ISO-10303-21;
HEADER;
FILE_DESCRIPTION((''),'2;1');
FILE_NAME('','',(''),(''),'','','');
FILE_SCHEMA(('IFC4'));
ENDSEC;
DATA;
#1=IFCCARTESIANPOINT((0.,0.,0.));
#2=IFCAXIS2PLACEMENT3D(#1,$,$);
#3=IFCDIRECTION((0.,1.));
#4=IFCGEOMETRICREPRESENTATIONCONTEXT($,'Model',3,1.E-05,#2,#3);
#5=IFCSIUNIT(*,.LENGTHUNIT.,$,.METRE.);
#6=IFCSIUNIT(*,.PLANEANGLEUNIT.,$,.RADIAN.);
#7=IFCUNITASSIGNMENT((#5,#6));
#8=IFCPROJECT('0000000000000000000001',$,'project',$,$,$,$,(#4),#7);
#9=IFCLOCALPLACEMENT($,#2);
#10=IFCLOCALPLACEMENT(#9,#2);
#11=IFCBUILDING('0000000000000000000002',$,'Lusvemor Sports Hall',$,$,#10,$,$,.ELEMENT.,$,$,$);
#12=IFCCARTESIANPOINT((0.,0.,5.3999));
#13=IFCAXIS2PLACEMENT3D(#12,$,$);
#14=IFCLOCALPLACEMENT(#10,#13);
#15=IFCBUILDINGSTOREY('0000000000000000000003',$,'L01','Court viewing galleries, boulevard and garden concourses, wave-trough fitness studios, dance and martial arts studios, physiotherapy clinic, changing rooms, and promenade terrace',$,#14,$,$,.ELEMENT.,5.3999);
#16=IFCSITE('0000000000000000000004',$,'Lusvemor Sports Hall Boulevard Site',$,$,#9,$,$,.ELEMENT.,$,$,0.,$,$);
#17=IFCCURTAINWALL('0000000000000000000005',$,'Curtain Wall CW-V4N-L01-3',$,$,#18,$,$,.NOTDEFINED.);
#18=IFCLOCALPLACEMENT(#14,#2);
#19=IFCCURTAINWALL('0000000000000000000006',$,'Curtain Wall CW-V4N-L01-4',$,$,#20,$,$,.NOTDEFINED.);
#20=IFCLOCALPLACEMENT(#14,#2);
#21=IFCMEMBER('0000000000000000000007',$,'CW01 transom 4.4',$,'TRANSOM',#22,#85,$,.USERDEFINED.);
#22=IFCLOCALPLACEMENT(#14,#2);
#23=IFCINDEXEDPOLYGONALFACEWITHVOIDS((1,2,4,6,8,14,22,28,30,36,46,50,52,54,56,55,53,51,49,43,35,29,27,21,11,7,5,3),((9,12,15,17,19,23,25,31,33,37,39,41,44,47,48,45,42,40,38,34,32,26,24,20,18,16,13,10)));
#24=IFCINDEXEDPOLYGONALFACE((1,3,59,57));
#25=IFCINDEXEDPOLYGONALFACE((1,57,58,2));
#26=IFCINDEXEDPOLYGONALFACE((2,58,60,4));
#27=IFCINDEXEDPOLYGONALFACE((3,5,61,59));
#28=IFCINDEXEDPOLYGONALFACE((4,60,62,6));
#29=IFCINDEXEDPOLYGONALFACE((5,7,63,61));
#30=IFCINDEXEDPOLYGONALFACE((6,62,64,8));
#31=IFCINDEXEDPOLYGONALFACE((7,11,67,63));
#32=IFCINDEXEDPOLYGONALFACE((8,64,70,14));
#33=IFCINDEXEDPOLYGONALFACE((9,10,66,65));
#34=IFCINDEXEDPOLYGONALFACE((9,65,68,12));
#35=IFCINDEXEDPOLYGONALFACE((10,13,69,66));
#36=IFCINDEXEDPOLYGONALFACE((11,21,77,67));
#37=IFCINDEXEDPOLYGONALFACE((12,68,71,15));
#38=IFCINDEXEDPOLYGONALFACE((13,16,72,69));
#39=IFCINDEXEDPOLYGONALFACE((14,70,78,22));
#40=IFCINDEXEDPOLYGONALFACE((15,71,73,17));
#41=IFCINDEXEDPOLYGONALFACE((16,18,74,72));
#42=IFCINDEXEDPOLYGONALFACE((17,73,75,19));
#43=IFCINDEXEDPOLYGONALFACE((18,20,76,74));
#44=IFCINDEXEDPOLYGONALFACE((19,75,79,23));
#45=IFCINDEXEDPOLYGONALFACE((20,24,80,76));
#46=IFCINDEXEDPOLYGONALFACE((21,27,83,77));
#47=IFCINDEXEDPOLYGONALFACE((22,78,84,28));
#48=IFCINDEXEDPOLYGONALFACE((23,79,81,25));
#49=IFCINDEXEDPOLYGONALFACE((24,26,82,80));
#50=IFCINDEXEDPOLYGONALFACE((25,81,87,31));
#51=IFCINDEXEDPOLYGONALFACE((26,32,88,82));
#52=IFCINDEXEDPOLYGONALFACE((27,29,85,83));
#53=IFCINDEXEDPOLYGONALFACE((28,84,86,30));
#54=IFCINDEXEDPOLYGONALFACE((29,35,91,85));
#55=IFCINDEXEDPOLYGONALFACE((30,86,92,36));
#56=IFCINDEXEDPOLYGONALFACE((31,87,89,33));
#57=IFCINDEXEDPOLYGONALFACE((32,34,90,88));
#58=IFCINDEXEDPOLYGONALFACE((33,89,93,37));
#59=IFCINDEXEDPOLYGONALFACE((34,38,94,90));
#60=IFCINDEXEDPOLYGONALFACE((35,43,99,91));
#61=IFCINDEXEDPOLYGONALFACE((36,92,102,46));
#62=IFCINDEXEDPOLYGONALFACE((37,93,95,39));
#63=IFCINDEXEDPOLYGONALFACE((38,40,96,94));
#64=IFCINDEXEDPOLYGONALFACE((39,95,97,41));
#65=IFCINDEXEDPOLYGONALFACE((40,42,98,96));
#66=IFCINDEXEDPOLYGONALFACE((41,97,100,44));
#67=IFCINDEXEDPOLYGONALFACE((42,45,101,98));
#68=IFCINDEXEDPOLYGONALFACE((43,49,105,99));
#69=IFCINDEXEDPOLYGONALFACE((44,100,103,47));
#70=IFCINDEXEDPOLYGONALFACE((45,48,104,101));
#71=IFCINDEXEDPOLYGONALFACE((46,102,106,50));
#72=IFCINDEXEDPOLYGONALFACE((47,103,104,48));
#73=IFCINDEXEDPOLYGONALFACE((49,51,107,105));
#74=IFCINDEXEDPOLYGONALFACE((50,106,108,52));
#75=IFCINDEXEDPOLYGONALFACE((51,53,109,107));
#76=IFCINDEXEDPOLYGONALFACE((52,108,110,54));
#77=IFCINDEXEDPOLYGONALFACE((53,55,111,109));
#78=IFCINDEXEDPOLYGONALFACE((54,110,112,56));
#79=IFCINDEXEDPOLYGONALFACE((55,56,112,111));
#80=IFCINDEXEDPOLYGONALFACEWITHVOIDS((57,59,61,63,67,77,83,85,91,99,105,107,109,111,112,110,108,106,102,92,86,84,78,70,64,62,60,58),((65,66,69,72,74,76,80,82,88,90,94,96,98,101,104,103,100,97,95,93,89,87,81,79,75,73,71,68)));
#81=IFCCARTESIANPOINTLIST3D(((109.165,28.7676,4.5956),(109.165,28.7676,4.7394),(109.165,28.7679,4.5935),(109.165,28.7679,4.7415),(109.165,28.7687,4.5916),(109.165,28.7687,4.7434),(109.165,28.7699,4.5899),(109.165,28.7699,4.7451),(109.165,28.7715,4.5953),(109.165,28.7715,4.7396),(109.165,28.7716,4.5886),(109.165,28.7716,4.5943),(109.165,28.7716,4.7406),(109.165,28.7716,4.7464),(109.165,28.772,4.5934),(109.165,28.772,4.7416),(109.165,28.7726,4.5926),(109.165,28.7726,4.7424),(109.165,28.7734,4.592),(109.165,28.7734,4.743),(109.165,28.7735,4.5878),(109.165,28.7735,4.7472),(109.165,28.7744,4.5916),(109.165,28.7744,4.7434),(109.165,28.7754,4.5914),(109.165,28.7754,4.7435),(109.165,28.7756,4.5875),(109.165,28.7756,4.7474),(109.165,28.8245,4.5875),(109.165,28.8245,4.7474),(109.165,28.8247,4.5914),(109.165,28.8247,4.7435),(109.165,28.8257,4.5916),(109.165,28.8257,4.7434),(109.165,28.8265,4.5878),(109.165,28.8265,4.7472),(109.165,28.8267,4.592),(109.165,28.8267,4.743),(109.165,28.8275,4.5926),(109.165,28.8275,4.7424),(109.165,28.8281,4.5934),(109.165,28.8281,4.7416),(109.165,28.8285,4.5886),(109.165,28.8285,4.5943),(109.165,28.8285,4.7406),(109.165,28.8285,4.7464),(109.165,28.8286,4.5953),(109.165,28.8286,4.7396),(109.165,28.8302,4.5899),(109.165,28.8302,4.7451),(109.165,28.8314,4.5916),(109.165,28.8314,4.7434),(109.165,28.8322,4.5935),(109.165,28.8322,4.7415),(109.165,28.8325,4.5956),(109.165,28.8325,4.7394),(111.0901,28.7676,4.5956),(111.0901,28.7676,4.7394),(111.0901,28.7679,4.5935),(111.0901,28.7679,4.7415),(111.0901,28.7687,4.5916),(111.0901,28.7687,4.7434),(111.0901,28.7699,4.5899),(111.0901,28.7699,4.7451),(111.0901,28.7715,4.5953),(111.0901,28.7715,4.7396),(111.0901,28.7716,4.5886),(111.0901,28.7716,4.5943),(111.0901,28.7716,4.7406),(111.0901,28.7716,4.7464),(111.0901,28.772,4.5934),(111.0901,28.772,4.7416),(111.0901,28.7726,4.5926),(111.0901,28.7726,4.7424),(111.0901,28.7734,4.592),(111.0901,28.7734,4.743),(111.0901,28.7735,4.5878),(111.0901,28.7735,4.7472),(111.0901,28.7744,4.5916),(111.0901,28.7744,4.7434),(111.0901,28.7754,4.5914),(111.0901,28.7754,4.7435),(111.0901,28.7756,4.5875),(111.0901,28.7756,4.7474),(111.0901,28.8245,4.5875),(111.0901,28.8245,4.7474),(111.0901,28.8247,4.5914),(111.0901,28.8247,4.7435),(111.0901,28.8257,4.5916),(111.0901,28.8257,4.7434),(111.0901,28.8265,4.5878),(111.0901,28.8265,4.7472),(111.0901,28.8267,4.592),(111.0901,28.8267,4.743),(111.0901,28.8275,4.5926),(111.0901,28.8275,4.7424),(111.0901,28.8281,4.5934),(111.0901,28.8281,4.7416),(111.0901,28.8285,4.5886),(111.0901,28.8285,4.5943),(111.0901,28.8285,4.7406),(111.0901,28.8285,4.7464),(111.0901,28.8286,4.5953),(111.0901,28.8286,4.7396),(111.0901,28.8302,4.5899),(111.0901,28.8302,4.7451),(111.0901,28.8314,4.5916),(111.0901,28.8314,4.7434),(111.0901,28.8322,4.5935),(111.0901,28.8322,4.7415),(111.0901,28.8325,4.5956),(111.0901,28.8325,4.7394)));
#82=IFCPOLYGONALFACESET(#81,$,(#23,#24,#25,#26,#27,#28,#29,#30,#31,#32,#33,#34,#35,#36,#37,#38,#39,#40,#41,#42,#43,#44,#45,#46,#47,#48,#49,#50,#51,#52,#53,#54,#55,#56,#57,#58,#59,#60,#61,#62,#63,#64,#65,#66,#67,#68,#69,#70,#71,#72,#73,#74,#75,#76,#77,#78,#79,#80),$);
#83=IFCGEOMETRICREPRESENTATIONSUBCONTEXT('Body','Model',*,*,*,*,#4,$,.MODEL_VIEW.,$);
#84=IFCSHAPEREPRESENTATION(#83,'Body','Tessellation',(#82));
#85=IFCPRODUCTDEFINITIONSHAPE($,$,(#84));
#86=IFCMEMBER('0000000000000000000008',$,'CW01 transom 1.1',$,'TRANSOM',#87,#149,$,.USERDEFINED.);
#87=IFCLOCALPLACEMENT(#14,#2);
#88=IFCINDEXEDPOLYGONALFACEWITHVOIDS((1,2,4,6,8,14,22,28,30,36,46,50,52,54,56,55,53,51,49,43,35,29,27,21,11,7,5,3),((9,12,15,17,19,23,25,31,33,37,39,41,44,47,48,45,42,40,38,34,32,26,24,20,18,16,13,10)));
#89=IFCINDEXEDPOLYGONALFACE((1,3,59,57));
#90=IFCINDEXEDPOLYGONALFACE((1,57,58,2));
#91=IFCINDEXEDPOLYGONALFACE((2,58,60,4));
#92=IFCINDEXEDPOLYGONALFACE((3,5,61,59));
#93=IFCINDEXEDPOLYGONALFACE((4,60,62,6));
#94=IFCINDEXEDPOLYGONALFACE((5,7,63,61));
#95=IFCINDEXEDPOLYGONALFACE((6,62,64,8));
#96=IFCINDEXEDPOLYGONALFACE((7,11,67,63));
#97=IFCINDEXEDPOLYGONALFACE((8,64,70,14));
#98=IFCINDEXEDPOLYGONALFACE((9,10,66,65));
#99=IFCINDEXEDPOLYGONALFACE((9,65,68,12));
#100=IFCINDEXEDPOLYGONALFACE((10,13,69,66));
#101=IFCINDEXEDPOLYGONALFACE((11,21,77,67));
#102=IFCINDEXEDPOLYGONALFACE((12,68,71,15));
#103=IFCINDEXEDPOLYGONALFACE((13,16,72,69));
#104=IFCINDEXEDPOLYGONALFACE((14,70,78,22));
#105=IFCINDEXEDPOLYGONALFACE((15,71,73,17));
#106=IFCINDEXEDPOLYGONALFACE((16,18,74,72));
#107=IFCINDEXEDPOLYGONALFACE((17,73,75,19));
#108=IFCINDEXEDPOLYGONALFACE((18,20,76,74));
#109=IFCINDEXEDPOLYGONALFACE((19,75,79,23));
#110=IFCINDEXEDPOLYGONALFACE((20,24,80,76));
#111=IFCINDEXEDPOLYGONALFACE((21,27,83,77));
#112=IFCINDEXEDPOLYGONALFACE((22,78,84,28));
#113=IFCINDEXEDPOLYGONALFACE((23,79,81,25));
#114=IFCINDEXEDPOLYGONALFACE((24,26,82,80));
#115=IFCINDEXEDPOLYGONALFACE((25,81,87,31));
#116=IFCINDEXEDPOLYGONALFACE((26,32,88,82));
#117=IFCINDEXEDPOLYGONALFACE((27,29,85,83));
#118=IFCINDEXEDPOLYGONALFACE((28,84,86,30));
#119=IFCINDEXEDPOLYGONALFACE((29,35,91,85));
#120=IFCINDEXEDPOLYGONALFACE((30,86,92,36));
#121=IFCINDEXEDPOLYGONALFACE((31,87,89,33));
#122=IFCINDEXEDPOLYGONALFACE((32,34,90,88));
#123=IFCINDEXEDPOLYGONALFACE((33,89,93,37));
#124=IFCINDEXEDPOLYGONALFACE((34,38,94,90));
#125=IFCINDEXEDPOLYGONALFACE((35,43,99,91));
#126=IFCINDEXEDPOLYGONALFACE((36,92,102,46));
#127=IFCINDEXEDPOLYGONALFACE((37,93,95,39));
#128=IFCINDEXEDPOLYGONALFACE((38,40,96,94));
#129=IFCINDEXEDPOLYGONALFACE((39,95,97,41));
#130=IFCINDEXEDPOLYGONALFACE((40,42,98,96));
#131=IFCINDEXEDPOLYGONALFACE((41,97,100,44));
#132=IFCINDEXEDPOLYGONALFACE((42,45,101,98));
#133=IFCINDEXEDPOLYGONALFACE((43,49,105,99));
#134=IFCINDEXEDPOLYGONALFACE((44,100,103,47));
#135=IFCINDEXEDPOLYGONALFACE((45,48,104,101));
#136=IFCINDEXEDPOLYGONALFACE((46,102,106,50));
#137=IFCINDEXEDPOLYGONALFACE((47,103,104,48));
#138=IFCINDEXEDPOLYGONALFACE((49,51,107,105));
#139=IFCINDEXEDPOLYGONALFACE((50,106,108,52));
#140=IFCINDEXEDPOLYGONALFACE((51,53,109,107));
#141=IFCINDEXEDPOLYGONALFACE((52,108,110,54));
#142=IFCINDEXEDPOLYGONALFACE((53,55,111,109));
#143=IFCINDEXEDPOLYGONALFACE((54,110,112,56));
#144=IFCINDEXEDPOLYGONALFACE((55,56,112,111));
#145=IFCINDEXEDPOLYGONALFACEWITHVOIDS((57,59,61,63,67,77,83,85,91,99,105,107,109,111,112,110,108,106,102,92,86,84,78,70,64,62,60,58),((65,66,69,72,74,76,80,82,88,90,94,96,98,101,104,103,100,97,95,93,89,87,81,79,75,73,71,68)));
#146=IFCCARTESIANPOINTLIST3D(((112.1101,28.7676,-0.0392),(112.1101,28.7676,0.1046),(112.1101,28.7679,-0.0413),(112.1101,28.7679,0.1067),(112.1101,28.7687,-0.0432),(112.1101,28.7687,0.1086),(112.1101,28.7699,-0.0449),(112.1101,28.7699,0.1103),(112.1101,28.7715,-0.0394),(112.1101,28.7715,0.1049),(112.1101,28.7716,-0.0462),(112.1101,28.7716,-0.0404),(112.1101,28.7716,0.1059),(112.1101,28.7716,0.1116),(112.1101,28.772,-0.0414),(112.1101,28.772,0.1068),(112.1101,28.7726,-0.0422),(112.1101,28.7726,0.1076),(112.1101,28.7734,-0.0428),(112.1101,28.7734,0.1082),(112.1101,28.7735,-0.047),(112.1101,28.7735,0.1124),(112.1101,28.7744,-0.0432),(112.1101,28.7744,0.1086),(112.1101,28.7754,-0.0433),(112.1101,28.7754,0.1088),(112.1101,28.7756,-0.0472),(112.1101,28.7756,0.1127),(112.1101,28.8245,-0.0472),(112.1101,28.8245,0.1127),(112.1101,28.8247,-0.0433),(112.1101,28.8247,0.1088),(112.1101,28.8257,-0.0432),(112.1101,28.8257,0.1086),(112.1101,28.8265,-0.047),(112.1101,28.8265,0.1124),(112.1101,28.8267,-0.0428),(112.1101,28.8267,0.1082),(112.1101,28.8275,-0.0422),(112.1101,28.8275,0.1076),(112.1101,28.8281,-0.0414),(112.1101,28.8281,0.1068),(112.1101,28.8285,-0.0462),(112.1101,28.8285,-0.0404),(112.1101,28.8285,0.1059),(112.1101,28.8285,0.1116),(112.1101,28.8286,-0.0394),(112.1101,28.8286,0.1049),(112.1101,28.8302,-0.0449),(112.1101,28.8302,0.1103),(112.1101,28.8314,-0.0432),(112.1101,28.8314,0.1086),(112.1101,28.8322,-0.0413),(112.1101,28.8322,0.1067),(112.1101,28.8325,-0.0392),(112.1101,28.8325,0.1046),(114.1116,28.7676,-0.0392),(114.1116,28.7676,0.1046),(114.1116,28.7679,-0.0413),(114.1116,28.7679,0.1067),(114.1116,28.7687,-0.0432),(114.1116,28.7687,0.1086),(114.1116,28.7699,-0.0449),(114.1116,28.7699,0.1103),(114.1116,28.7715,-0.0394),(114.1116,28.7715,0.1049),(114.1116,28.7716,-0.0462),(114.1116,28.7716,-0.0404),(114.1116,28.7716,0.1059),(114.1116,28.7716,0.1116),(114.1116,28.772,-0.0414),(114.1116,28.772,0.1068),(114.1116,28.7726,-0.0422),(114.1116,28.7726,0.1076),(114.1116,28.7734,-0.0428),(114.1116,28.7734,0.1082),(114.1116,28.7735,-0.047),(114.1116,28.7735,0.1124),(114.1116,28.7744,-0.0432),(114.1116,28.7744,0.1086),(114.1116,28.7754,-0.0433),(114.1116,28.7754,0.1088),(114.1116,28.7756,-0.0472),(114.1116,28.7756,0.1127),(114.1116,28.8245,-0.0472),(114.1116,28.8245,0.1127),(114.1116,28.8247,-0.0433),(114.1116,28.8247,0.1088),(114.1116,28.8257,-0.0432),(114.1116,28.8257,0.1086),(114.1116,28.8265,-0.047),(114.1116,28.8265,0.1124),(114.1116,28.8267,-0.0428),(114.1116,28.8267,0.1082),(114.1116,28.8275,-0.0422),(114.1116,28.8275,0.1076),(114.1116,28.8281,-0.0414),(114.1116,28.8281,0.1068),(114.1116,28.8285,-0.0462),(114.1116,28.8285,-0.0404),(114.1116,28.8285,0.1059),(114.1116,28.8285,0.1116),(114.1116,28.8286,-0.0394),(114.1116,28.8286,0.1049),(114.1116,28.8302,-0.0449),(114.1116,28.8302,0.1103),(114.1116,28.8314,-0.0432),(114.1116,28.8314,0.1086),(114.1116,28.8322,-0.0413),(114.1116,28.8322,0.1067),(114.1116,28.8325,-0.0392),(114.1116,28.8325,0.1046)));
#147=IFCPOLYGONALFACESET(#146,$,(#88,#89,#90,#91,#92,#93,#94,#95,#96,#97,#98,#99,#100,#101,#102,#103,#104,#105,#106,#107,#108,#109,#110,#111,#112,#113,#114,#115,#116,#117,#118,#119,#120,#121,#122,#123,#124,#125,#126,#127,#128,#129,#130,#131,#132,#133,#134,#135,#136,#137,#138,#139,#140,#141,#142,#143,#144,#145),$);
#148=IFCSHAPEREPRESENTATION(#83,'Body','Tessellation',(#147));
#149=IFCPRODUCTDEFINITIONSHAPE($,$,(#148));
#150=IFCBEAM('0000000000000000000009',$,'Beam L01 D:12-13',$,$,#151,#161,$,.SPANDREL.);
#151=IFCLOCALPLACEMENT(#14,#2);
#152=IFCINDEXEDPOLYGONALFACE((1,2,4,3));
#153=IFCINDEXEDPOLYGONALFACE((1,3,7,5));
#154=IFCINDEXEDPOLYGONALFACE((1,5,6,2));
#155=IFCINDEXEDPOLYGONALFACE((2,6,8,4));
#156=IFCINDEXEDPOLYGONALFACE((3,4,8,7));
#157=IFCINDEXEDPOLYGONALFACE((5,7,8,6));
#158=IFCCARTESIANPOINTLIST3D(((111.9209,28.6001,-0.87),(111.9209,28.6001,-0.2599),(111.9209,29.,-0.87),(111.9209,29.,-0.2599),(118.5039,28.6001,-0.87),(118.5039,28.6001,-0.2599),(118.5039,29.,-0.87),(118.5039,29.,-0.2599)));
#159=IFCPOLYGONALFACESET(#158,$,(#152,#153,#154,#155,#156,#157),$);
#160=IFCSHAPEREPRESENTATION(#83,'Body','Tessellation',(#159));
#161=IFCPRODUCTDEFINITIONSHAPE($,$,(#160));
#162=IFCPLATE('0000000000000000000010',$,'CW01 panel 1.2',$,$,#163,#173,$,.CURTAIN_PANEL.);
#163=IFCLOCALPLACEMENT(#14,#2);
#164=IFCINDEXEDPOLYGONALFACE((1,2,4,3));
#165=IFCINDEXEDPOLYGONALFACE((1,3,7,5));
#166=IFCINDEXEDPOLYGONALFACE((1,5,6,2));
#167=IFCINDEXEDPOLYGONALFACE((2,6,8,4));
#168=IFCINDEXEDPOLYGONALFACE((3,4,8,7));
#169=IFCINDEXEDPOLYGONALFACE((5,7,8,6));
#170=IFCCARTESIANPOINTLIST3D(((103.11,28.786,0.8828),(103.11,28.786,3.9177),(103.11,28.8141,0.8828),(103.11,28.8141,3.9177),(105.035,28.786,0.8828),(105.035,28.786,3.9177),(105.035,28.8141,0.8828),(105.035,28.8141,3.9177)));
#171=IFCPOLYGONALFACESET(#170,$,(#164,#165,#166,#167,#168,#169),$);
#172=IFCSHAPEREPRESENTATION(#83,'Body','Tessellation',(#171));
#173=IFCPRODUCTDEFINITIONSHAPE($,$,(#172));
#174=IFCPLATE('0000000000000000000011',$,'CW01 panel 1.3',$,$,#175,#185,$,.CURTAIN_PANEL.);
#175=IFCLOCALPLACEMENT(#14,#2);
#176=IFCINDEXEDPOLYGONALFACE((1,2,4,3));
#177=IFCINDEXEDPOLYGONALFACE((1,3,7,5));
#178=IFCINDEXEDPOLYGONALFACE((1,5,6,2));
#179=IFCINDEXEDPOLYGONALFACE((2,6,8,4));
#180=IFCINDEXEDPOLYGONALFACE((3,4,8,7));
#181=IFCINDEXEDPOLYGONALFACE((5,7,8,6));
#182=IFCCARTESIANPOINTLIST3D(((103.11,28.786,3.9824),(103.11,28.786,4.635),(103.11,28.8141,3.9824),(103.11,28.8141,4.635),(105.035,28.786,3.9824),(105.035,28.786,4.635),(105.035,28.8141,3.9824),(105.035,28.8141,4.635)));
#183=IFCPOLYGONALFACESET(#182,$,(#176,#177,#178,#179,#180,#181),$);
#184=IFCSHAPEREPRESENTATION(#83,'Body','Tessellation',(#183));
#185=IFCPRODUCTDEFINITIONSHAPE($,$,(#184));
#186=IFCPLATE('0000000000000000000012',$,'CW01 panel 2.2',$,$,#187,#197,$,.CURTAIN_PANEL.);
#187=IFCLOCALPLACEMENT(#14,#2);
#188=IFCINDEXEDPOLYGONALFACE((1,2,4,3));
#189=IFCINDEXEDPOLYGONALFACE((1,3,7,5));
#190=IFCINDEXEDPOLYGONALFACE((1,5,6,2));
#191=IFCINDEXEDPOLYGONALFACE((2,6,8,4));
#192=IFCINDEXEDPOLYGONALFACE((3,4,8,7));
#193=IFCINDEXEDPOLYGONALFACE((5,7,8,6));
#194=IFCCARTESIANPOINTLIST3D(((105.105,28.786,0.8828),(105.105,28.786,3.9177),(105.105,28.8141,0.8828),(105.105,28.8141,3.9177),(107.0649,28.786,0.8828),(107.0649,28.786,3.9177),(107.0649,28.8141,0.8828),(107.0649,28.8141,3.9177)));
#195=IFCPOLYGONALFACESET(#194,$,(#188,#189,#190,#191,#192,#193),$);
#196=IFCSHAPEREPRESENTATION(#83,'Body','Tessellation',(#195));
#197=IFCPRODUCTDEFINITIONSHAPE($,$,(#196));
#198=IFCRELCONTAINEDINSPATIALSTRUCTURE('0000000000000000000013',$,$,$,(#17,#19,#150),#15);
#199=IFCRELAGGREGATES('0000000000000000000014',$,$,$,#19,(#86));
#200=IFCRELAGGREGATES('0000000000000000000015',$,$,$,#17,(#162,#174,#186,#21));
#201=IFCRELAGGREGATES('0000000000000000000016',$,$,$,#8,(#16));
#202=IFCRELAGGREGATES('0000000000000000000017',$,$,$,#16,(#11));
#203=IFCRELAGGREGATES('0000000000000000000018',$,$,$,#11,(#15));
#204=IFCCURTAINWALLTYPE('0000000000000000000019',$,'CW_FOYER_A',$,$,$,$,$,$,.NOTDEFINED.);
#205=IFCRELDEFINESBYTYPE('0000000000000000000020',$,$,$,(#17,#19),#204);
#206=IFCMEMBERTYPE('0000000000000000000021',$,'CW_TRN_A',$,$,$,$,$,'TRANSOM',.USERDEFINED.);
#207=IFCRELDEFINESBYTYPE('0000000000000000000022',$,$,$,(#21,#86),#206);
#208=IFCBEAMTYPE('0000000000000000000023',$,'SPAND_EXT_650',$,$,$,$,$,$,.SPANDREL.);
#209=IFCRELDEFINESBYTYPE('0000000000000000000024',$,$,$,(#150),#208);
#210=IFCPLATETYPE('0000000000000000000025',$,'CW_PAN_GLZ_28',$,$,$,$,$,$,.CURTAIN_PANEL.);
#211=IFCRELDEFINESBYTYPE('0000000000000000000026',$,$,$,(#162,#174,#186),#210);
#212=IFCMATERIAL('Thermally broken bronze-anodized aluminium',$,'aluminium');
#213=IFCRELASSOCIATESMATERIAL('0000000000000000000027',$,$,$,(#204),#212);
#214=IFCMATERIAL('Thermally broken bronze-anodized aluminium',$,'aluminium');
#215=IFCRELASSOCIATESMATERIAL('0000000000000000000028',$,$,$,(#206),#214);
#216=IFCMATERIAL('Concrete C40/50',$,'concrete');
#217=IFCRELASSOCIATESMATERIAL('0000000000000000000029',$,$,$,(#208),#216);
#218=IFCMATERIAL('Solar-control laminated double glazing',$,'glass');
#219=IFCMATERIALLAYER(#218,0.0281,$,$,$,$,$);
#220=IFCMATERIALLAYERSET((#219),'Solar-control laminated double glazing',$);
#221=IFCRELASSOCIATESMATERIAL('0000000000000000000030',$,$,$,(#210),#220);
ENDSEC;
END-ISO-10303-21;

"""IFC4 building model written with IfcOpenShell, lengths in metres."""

from ifc_helpers import new_model, si_unit, direction, frame, origin, origin_2d, place, context, subcontext, project, spatial, rectangle, hollow_rectangle, extrude, material, layer, layer_set, material_profile, profile_set, type_object, element, aggregate, save


model = new_model("IFC4")

# Units and contexts
model_context = context("Model", 3, precision=1e-05, world=origin(), true_north=direction((0.0, 1.0)))
body_context = subcontext(model_context, "Body", "Model", "MODEL_VIEW")
ifc_project = project(units=[si_unit("LENGTHUNIT", "METRE"), si_unit("PLANEANGLEUNIT", "RADIAN")], contexts=[model_context])

# Site, building, storey
site_placement = place(None, origin())
site = spatial("IfcSite", under=ifc_project, at=site_placement, Name="Lusvemor Sports Hall Boulevard Site", CompositionType="ELEMENT", RefElevation=0.0)
building_placement = place(site_placement, origin())
building = spatial("IfcBuilding", under=site, at=building_placement, Name="Lusvemor Sports Hall", CompositionType="ELEMENT")
storey_placement = place(building_placement, frame((0.0, 0.0, 5.3999)))
storey = spatial("IfcBuildingStorey", under=building, at=storey_placement, Name="L01", Description="Court viewing galleries, boulevard and garden concourses, wave-trough fitness studios, dance and martial arts studios, physiotherapy clinic, changing rooms, and promenade terrace", CompositionType="ELEMENT", Elevation=5.3999)

# Curtain wall
ifc_material_1 = material(Name="Thermally broken bronze-anodized aluminium", Category="aluminium")
curtain_wall_type = type_object("IfcCurtainWallType", Name="CW_FOYER_A", PredefinedType="NOTDEFINED", material=ifc_material_1)
curtain_wall_1_placement = place(storey_placement, origin())
curtain_wall_1 = element("IfcCurtainWall", 1, at=curtain_wall_1_placement, inside=storey, type_object=curtain_wall_type, Name="Curtain Wall CW-V4N-L01-3", PredefinedType="NOTDEFINED")

# Curtain wall
curtain_wall_2_placement = place(storey_placement, origin())
curtain_wall_2 = element("IfcCurtainWall", 2, at=curtain_wall_2_placement, inside=storey, type_object=curtain_wall_type, Name="Curtain Wall CW-V4N-L01-4", PredefinedType="NOTDEFINED")

# Members
ifc_material_2 = material(Name="Thermally broken bronze-anodized aluminium", Category="aluminium")
ifc_material_profile_1 = material_profile(ifc_material_2, hollow_rectangle(XDim=0.0649, YDim=0.1599, WallThickness=0.0039, InnerFilletRadius=0.0039, OuterFilletRadius=0.0081, at=origin_2d()), Name="CWTRN160x65x4")
ifc_profile_set_1 = profile_set([ifc_material_profile_1], Name="Thermally broken bronze-anodized aluminium")
member_type_1 = type_object("IfcMemberType", Name="CW_TRN_A", ElementType="TRANSOM", PredefinedType="USERDEFINED", material=ifc_profile_set_1)
member_1_placement = place(storey_placement, frame((109.165, 28.8, 4.6675), z_axis=(1.0, 0.0, 0.0), x_axis=(0.0, 1.0, 0.0)))
member_1 = element("IfcMember", 3, at=member_1_placement, type_object=member_type_1, Name="CW01 transom 4.4", ObjectType="TRANSOM", PredefinedType="USERDEFINED", context=body_context, shape_type="SweptSolid", body=[
    extrude(hollow_rectangle(XDim=0.0649, YDim=0.1599, WallThickness=0.0039, InnerFilletRadius=0.0039, OuterFilletRadius=0.0081, at=origin_2d()), origin(), (0.0, 0.0, 1.0), 1.925),
])
member_2_placement = place(storey_placement, frame((112.1101, 28.8, 0.0327), z_axis=(1.0, 0.0, 0.0), x_axis=(0.0, 1.0, 0.0)))
member_2 = element("IfcMember", 4, at=member_2_placement, type_object=member_type_1, Name="CW01 transom 1.1", ObjectType="TRANSOM", PredefinedType="USERDEFINED", context=body_context, shape_type="SweptSolid", body=[
    extrude(hollow_rectangle(XDim=0.0649, YDim=0.1599, WallThickness=0.0039, InnerFilletRadius=0.0039, OuterFilletRadius=0.0081, at=origin_2d()), origin(), (0.0, 0.0, 1.0), 2.0015),
])
aggregate(curtain_wall_2, [member_2])

# Beam
ifc_material_3 = material(Name="Concrete C40/50", Category="concrete")
ifc_material_profile_2 = material_profile(ifc_material_3, rectangle(XDim=0.3999, YDim=0.6101, at=origin_2d()), Name="RC400x610")
ifc_profile_set_2 = profile_set([ifc_material_profile_2], Name="Concrete C40/50")
beam_type = type_object("IfcBeamType", Name="SPAND_EXT_650", PredefinedType="SPANDREL", material=ifc_profile_set_2)
beam_placement = place(storey_placement, frame((111.9209, 28.8, -0.5649), z_axis=(1.0, 0.0, 0.0), x_axis=(0.0, 1.0, 0.0)))
element("IfcBeam", 5, at=beam_placement, inside=storey, type_object=beam_type, Name="Beam L01 D:12-13", PredefinedType="SPANDREL", context=body_context, shape_type="SweptSolid", body=[
    extrude(rectangle(XDim=0.3999, YDim=0.6101, at=origin_2d()), origin(), (0.0, 0.0, 1.0), 6.583),
])

# Plates
ifc_material_4 = material(Name="Solar-control laminated double glazing", Category="glass")
ifc_layer_1 = layer(ifc_material_4, 0.0281)
ifc_layer_set_1 = layer_set([ifc_layer_1], Name="Solar-control laminated double glazing")
plate_type_1 = type_object("IfcPlateType", Name="CW_PAN_GLZ_28", PredefinedType="CURTAIN_PANEL", material=ifc_layer_set_1)
plate_1_placement = place(storey_placement, frame((104.0725, 28.8, 0.8828), z_axis=(0.0, 0.0, 1.0), x_axis=(1.0, 0.0, 0.0)))
plate_1 = element("IfcPlate", 6, at=plate_1_placement, type_object=plate_type_1, Name="CW01 panel 1.2", PredefinedType="CURTAIN_PANEL", context=body_context, shape_type="SweptSolid", body=[
    extrude(rectangle(XDim=1.925, YDim=0.0281, at=origin_2d()), origin(), (0.0, 0.0, 1.0), 3.0349),
])
plate_2_placement = place(storey_placement, frame((104.0725, 28.8, 3.9824), z_axis=(0.0, 0.0, 1.0), x_axis=(1.0, 0.0, 0.0)))
plate_2 = element("IfcPlate", 7, at=plate_2_placement, type_object=plate_type_1, Name="CW01 panel 1.3", PredefinedType="CURTAIN_PANEL", context=body_context, shape_type="SweptSolid", body=[
    extrude(rectangle(XDim=1.925, YDim=0.0281, at=origin_2d()), origin(), (0.0, 0.0, 1.0), 0.6526),
])
plate_3_placement = place(storey_placement, frame((106.085, 28.8, 0.8828), z_axis=(0.0, 0.0, 1.0), x_axis=(1.0, 0.0, 0.0)))
plate_3 = element("IfcPlate", 8, at=plate_3_placement, type_object=plate_type_1, Name="CW01 panel 2.2", PredefinedType="CURTAIN_PANEL", context=body_context, shape_type="SweptSolid", body=[
    extrude(rectangle(XDim=1.96, YDim=0.0281, at=origin_2d()), origin(), (0.0, 0.0, 1.0), 3.0349),
])
aggregate(curtain_wall_1, [plate_1, plate_2, plate_3, member_1])

save(model, "model.ifc")
